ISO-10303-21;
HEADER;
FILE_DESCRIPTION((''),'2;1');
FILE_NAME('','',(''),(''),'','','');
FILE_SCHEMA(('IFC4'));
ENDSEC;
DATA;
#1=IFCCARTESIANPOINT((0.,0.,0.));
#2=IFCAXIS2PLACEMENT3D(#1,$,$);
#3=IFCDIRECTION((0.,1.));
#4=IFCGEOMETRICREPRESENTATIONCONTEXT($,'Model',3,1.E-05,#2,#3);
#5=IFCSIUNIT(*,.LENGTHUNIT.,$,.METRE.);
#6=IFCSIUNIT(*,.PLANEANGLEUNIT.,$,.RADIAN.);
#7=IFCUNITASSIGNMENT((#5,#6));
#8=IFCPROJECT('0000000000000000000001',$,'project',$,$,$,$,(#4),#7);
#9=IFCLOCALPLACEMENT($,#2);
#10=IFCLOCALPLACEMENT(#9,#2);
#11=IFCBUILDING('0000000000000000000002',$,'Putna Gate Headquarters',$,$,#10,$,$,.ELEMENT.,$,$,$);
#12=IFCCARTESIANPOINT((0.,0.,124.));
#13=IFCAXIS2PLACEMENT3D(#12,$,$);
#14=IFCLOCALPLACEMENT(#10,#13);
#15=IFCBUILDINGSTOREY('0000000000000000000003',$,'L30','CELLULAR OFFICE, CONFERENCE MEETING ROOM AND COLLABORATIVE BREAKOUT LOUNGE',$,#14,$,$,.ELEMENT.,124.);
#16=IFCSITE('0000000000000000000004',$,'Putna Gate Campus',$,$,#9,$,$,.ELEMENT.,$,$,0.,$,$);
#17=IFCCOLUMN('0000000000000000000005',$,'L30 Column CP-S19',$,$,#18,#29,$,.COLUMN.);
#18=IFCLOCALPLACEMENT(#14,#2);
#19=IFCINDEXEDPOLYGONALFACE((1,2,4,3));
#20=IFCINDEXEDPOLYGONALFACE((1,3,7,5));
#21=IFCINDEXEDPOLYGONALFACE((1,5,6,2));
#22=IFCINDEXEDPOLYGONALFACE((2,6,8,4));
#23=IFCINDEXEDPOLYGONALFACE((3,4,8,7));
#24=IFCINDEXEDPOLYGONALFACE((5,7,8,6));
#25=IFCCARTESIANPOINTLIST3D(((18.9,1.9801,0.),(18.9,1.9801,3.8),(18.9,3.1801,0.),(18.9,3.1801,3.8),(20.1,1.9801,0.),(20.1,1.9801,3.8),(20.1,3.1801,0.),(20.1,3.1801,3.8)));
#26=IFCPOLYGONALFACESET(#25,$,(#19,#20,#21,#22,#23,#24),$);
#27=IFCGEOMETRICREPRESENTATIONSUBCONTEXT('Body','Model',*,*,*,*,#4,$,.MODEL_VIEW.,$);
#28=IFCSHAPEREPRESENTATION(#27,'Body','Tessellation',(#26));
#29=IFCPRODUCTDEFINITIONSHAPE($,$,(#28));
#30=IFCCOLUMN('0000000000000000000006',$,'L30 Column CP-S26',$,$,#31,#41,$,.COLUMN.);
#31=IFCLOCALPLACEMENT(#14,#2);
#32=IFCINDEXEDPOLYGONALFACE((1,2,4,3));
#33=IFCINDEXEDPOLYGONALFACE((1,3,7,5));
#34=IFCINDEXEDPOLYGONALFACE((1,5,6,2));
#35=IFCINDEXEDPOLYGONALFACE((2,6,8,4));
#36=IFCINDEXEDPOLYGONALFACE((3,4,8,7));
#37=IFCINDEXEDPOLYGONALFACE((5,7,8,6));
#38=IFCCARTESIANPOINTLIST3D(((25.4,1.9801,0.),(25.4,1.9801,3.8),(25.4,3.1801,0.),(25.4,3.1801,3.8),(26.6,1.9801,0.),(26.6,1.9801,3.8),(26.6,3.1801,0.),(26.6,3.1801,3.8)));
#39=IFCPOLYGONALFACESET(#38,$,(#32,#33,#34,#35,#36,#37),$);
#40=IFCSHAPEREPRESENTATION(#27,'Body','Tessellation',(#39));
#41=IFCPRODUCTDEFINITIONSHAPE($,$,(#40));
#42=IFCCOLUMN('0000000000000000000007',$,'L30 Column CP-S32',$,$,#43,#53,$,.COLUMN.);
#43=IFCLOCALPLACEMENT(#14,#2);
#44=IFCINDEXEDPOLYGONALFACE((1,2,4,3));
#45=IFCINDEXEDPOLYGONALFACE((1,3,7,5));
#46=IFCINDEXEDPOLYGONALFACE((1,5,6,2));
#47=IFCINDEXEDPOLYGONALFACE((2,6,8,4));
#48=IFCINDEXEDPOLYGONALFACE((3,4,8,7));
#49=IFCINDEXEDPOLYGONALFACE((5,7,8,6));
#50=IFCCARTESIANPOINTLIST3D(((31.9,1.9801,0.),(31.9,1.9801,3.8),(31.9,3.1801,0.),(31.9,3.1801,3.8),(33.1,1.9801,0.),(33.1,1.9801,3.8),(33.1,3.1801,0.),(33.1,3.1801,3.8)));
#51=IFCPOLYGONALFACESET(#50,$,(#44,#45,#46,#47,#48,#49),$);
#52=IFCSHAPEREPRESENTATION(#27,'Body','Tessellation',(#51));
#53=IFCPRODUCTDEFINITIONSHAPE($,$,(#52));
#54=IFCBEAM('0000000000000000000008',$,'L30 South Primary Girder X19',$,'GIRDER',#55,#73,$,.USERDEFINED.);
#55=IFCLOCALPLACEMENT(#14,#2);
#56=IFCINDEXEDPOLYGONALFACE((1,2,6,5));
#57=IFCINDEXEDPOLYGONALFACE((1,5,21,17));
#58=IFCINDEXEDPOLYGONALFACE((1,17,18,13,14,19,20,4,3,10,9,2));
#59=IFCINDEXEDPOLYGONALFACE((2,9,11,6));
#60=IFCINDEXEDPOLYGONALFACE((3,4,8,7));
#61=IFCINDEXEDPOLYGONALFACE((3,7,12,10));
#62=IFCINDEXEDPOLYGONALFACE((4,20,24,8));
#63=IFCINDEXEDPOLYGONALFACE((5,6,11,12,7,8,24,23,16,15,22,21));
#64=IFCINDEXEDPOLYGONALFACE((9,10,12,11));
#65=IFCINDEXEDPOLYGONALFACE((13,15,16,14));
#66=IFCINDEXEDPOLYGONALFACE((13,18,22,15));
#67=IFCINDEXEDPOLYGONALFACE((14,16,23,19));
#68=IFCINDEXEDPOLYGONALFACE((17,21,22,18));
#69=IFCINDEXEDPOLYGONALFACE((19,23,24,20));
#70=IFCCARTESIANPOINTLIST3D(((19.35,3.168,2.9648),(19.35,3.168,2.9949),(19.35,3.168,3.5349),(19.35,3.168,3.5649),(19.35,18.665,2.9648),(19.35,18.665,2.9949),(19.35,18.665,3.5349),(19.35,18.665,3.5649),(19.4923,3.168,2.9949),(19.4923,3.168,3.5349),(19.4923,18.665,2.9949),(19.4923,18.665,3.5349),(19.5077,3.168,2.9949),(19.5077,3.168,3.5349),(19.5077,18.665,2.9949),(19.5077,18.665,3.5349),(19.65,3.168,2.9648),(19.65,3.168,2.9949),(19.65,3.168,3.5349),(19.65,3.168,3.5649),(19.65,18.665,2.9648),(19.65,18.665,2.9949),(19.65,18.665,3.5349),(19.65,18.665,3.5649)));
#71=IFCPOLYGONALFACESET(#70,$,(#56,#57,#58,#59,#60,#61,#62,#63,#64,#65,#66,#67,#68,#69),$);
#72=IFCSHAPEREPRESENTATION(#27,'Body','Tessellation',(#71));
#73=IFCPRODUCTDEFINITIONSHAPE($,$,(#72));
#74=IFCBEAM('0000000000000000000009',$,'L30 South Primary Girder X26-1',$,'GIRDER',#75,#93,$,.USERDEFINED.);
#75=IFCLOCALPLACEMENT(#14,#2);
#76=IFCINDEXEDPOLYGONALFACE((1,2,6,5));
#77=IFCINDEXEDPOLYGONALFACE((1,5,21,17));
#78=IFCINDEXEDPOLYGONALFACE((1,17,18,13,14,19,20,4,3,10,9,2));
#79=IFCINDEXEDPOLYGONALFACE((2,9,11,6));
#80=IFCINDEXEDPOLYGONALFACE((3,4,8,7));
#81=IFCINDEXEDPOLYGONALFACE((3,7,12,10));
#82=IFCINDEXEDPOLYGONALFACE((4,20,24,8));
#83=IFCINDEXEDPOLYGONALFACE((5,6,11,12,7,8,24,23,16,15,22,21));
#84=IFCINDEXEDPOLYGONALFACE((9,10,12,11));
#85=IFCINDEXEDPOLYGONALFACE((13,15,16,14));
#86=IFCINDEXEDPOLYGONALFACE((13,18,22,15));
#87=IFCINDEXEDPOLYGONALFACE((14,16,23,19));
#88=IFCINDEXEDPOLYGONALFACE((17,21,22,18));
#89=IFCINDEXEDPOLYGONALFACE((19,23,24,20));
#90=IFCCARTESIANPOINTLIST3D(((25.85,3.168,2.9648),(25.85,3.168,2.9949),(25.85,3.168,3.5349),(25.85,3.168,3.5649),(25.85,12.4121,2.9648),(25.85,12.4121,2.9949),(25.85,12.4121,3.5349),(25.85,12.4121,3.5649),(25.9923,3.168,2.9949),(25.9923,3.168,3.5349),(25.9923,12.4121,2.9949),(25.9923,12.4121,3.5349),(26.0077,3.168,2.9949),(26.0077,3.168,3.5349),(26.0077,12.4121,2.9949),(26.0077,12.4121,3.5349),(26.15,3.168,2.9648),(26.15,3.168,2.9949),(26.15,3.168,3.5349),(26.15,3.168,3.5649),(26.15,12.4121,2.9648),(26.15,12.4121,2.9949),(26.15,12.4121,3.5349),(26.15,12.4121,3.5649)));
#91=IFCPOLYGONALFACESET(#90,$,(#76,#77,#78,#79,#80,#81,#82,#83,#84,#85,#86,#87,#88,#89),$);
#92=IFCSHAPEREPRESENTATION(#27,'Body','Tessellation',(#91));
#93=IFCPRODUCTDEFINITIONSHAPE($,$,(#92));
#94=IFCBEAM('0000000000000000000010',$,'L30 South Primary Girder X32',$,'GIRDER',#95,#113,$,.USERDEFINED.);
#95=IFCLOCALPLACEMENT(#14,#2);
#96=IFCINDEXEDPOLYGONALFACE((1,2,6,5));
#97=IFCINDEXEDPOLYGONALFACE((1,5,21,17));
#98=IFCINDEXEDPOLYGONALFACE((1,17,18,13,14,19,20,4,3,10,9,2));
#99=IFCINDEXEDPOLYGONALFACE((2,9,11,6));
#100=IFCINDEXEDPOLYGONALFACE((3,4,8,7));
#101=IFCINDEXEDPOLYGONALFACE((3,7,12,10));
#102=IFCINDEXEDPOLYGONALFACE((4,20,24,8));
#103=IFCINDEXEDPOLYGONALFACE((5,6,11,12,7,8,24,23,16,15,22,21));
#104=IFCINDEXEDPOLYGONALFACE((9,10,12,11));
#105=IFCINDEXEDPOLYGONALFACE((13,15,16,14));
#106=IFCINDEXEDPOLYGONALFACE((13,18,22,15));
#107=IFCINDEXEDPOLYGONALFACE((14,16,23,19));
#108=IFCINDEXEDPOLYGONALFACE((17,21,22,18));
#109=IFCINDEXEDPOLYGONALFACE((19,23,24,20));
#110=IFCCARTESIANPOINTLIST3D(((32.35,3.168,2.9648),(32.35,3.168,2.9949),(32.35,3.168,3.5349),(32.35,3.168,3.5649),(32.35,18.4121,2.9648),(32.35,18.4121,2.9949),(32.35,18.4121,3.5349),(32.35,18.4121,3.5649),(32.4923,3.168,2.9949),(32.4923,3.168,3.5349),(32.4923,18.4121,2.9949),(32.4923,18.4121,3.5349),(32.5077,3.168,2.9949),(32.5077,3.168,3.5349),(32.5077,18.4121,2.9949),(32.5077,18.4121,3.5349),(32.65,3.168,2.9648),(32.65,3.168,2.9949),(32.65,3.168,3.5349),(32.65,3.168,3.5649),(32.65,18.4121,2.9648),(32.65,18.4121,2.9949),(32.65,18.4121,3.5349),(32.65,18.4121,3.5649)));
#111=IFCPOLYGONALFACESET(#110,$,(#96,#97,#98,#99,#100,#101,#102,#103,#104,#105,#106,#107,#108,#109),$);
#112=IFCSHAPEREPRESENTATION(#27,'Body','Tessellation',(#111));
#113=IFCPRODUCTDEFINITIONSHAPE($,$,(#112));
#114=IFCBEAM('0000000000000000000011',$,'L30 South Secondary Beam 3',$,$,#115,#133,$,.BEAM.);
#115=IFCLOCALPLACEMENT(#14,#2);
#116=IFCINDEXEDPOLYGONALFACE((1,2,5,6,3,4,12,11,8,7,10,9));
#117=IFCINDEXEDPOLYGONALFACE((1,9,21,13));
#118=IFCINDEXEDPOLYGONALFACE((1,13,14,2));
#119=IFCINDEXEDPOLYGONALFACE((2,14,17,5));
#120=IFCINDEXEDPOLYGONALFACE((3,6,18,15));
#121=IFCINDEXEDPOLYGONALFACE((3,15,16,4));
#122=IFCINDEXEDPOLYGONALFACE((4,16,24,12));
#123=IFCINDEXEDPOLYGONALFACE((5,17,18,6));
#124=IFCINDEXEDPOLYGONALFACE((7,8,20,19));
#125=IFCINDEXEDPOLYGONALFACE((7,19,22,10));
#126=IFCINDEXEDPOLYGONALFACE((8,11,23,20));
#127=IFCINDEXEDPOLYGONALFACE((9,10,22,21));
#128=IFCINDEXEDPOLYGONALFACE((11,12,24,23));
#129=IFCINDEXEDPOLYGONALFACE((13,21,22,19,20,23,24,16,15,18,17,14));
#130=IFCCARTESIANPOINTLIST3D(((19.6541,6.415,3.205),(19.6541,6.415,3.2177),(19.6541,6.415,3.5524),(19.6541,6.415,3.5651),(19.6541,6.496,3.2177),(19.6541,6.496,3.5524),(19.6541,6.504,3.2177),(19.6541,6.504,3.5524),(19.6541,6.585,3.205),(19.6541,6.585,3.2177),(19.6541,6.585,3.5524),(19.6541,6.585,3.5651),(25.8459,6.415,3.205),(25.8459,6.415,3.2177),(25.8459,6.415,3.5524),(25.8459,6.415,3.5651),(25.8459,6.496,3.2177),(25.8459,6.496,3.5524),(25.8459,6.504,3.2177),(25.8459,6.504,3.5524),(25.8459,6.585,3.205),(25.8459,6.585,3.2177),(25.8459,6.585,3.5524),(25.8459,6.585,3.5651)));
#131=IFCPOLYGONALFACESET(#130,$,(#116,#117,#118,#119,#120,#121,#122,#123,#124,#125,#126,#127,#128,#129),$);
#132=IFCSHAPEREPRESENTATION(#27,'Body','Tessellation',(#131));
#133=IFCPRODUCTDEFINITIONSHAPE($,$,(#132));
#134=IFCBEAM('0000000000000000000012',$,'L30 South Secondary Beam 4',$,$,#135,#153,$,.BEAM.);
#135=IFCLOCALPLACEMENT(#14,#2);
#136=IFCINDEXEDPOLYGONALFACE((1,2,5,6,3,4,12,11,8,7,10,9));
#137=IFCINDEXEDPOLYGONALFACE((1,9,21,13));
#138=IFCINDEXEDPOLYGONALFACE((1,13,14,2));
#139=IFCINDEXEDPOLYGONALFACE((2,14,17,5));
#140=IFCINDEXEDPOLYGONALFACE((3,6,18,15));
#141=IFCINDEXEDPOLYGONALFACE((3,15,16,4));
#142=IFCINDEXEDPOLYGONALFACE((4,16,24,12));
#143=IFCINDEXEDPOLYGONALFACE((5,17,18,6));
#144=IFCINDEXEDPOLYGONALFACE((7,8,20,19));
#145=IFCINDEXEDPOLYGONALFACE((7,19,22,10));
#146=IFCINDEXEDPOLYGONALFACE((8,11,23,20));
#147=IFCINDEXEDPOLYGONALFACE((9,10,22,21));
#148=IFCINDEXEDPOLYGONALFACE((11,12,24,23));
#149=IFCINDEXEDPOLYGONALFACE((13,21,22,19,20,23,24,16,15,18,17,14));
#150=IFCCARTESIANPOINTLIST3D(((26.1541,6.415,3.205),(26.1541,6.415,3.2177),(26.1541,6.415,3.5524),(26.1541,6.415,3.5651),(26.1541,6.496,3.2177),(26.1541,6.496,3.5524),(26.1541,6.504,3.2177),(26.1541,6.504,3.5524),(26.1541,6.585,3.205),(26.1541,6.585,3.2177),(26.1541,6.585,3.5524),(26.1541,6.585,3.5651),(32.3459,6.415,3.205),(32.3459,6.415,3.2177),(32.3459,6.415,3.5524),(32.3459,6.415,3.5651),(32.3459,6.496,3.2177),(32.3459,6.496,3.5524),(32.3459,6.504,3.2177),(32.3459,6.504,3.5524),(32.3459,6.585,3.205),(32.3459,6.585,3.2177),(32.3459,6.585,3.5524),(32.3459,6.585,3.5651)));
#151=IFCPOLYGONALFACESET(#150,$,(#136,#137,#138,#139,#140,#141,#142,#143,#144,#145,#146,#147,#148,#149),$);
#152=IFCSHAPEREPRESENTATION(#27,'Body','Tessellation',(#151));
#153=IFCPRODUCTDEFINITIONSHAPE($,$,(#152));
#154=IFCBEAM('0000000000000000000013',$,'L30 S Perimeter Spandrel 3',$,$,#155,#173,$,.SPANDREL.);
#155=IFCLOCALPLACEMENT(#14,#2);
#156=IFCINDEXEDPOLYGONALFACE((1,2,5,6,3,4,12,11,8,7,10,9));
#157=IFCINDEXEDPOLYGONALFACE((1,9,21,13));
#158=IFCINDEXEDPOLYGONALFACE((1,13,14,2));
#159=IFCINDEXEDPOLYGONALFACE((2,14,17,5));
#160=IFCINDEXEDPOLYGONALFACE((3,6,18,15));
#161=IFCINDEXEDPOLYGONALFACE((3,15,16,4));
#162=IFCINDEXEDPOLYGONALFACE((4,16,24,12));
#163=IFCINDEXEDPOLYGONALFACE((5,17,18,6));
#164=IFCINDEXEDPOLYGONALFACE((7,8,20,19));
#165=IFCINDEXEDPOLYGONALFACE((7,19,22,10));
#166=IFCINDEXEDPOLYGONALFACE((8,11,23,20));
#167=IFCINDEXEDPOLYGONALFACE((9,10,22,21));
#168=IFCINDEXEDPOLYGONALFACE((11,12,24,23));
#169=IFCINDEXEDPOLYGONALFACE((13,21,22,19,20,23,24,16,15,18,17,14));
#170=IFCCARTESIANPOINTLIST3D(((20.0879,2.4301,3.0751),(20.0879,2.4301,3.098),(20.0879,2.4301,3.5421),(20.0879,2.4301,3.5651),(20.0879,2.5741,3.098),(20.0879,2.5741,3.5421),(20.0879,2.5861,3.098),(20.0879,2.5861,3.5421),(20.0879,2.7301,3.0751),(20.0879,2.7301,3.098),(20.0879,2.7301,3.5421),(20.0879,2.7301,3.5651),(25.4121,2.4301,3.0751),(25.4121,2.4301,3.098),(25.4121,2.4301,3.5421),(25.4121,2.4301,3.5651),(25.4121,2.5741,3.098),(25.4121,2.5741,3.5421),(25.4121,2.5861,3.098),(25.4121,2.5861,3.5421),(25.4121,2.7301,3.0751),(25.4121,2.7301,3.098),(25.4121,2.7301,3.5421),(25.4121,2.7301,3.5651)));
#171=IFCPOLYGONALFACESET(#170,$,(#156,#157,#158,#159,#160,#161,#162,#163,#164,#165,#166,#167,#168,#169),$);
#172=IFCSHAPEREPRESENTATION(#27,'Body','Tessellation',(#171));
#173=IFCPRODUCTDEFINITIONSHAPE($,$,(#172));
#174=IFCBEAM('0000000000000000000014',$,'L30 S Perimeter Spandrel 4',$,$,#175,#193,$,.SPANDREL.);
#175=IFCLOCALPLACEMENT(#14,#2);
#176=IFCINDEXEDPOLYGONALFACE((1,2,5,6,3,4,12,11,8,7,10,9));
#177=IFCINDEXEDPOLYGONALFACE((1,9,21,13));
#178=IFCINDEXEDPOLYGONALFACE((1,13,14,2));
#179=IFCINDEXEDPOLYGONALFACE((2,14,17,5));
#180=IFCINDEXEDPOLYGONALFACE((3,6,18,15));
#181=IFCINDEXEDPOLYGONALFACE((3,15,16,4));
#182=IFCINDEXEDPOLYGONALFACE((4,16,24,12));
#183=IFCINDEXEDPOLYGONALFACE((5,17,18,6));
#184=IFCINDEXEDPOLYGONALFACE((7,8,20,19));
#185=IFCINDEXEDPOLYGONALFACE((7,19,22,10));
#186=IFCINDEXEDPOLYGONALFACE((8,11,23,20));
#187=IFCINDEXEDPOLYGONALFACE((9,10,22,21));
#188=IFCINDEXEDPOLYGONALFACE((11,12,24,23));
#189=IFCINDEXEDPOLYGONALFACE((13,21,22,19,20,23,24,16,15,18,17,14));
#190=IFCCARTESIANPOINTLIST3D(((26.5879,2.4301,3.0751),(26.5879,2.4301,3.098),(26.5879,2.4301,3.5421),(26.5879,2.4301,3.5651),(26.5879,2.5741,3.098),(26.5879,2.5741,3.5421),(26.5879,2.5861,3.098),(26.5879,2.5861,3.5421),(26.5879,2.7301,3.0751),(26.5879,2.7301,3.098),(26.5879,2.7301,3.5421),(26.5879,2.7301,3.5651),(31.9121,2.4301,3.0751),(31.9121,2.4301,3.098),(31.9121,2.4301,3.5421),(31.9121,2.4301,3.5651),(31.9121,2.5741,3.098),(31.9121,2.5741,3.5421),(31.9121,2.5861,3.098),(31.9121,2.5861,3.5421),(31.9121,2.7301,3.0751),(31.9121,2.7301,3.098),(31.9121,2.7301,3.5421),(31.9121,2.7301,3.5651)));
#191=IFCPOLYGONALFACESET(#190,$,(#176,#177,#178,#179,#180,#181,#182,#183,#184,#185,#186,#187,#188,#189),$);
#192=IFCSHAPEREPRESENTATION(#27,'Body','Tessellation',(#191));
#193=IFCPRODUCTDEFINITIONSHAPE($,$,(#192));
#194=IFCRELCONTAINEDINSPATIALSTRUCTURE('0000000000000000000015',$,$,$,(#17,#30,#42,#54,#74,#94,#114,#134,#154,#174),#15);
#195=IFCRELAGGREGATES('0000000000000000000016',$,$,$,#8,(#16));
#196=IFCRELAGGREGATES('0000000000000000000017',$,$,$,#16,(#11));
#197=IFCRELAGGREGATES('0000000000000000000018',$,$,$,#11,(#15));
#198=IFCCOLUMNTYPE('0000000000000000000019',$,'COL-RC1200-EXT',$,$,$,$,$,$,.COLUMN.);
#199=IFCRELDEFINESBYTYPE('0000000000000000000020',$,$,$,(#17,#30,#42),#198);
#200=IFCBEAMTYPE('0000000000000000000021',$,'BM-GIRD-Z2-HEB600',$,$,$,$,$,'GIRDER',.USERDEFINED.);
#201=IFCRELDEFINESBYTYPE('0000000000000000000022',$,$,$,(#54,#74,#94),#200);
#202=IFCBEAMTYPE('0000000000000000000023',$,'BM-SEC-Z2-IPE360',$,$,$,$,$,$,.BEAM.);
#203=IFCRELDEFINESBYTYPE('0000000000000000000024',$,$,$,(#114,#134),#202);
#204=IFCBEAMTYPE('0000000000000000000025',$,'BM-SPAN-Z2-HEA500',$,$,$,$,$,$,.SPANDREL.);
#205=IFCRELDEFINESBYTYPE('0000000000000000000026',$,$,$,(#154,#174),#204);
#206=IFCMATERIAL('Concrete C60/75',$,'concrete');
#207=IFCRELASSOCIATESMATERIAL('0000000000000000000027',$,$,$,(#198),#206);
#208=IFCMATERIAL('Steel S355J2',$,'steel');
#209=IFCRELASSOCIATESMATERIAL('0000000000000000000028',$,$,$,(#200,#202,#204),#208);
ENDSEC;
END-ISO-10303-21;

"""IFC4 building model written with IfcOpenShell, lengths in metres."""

from ifc_helpers import new_model, si_unit, direction, frame, origin, origin_2d, place, context, subcontext, project, spatial, rectangle, i_section, extrude, material, material_profile, profile_set, type_object, element, save


model = new_model("IFC4")

# Units and contexts
model_context = context("Model", 3, precision=1e-05, world=origin(), true_north=direction((0.0, 1.0)))
body_context = subcontext(model_context, "Body", "Model", "MODEL_VIEW")
ifc_project = project(units=[si_unit("LENGTHUNIT", "METRE"), si_unit("PLANEANGLEUNIT", "RADIAN")], contexts=[model_context])

# Site, building, storey
site_placement = place(None, origin())
site = spatial("IfcSite", under=ifc_project, at=site_placement, Name="Putna Gate Campus", CompositionType="ELEMENT", RefElevation=0.0)
building_placement = place(site_placement, origin())
building = spatial("IfcBuilding", under=site, at=building_placement, Name="Putna Gate Headquarters", CompositionType="ELEMENT")
storey_placement = place(building_placement, frame((0.0, 0.0, 124.0)))
storey = spatial("IfcBuildingStorey", under=building, at=storey_placement, Name="L30", Description="CELLULAR OFFICE, CONFERENCE MEETING ROOM AND COLLABORATIVE BREAKOUT LOUNGE", CompositionType="ELEMENT", Elevation=124.0)

# Columns
ifc_material_1 = material(Name="Concrete C60/75", Category="concrete")
ifc_material_profile_1 = material_profile(ifc_material_1, rectangle(XDim=1.2, YDim=1.2, at=origin_2d()), Name="Concrete C60/75")
ifc_profile_set_1 = profile_set([ifc_material_profile_1], Name="Concrete C60/75")
column_type = type_object("IfcColumnType", Name="COL-RC1200-EXT", PredefinedType="COLUMN", material=ifc_profile_set_1)
for number, where, z_axis, x_axis, name in (
    (1, (19.5, 2.5801, 0.0), (0.0, 0.0, 1.0), (1.0, 0.0, 0.0), "L30 Column CP-S19"),
    (2, (26.0, 2.5801, 0.0), (0.0, 0.0, 1.0), (1.0, 0.0, 0.0), "L30 Column CP-S26"),
    (3, (32.5, 2.5801, 0.0), (0.0, 0.0, 1.0), (1.0, 0.0, 0.0), "L30 Column CP-S32"),
):
    element("IfcColumn", number, at=place(storey_placement, frame(where, z_axis=z_axis, x_axis=x_axis)), inside=storey, type_object=column_type, Name=name, PredefinedType="COLUMN", context=body_context, shape_type="SweptSolid", body=[
        extrude(rectangle(XDim=1.2, YDim=1.2, at=origin_2d()), origin(), (0.0, 0.0, 1.0), 3.8),
    ])

# Beams
ifc_material_2 = material(Name="Steel S355J2", Category="steel")
ifc_material_profile_2 = material_profile(ifc_material_2, i_section(OverallWidth=0.3, OverallDepth=0.6001, WebThickness=0.0154, FlangeThickness=0.03, at=origin_2d()), Name="Steel S355J2")
ifc_profile_set_2 = profile_set([ifc_material_profile_2], Name="Steel S355J2")
beam_type_1 = type_object("IfcBeamType", Name="BM-GIRD-Z2-HEB600", ElementType="GIRDER", PredefinedType="USERDEFINED", material=ifc_profile_set_2)
beam_1_placement = place(storey_placement, frame((19.5, 3.168, 3.2649), z_axis=(0.0, 1.0, 0.0), x_axis=(-1.0, 0.0, 0.0)))
element("IfcBeam", 4, at=beam_1_placement, inside=storey, type_object=beam_type_1, Name="L30 South Primary Girder X19", ObjectType="GIRDER", PredefinedType="USERDEFINED", context=body_context, shape_type="SweptSolid", body=[
    extrude(i_section(OverallWidth=0.3, OverallDepth=0.6001, WebThickness=0.0154, FlangeThickness=0.03, at=origin_2d()), origin(), (0.0, 0.0, 1.0), 15.4971),
])
beam_2_placement = place(storey_placement, frame((26.0, 3.168, 3.2649), z_axis=(0.0, 1.0, 0.0), x_axis=(-1.0, 0.0, 0.0)))
element("IfcBeam", 5, at=beam_2_placement, inside=storey, type_object=beam_type_1, Name="L30 South Primary Girder X26-1", ObjectType="GIRDER", PredefinedType="USERDEFINED", context=body_context, shape_type="SweptSolid", body=[
    extrude(i_section(OverallWidth=0.3, OverallDepth=0.6001, WebThickness=0.0154, FlangeThickness=0.03, at=origin_2d()), origin(), (0.0, 0.0, 1.0), 9.2441),
])
beam_3_placement = place(storey_placement, frame((32.5, 3.168, 3.2649), z_axis=(0.0, 1.0, 0.0), x_axis=(-1.0, 0.0, 0.0)))
element("IfcBeam", 6, at=beam_3_placement, inside=storey, type_object=beam_type_1, Name="L30 South Primary Girder X32", ObjectType="GIRDER", PredefinedType="USERDEFINED", context=body_context, shape_type="SweptSolid", body=[
    extrude(i_section(OverallWidth=0.3, OverallDepth=0.6001, WebThickness=0.0154, FlangeThickness=0.03, at=origin_2d()), origin(), (0.0, 0.0, 1.0), 15.2441),
])
ifc_material_profile_3 = material_profile(ifc_material_2, i_section(OverallWidth=0.1699, OverallDepth=0.3601, WebThickness=0.0081, FlangeThickness=0.0127, at=origin_2d()), Name="Steel S355J2")
ifc_profile_set_3 = profile_set([ifc_material_profile_3], Name="Steel S355J2")
beam_type_2 = type_object("IfcBeamType", Name="BM-SEC-Z2-IPE360", PredefinedType="BEAM", material=ifc_profile_set_3)
for number, where, z_axis, x_axis, name in (
    (7, (19.6541, 6.5, 3.385), (1.0, 0.0, 0.0), (0.0, 1.0, 0.0), "L30 South Secondary Beam 3"),
    (8, (26.1541, 6.5, 3.385), (1.0, 0.0, 0.0), (0.0, 1.0, 0.0), "L30 South Secondary Beam 4"),
):
    element("IfcBeam", number, at=place(storey_placement, frame(where, z_axis=z_axis, x_axis=x_axis)), inside=storey, type_object=beam_type_2, Name=name, PredefinedType="BEAM", context=body_context, shape_type="SweptSolid", body=[
        extrude(i_section(OverallWidth=0.1699, OverallDepth=0.3601, WebThickness=0.0081, FlangeThickness=0.0127, at=origin_2d()), origin(), (0.0, 0.0, 1.0), 6.1919),
    ])
ifc_material_profile_4 = material_profile(ifc_material_2, i_section(OverallWidth=0.3, OverallDepth=0.49, WebThickness=0.012, FlangeThickness=0.0229, at=origin_2d()), Name="Steel S355J2")
ifc_profile_set_4 = profile_set([ifc_material_profile_4], Name="Steel S355J2")
beam_type_3 = type_object("IfcBeamType", Name="BM-SPAN-Z2-HEA500", PredefinedType="SPANDREL", material=ifc_profile_set_4)
for number, where, z_axis, x_axis, name in (
    (9, (20.0879, 2.5801, 3.3201), (1.0, 0.0, 0.0), (0.0, 1.0, 0.0), "L30 S Perimeter Spandrel 3"),
    (10, (26.5879, 2.5801, 3.3201), (1.0, 0.0, 0.0), (0.0, 1.0, 0.0), "L30 S Perimeter Spandrel 4"),
):
    element("IfcBeam", number, at=place(storey_placement, frame(where, z_axis=z_axis, x_axis=x_axis)), inside=storey, type_object=beam_type_3, Name=name, PredefinedType="SPANDREL", context=body_context, shape_type="SweptSolid", body=[
        extrude(i_section(OverallWidth=0.3, OverallDepth=0.49, WebThickness=0.012, FlangeThickness=0.0229, at=origin_2d()), origin(), (0.0, 0.0, 1.0), 5.3242),
    ])

save(model, "model.ifc")
